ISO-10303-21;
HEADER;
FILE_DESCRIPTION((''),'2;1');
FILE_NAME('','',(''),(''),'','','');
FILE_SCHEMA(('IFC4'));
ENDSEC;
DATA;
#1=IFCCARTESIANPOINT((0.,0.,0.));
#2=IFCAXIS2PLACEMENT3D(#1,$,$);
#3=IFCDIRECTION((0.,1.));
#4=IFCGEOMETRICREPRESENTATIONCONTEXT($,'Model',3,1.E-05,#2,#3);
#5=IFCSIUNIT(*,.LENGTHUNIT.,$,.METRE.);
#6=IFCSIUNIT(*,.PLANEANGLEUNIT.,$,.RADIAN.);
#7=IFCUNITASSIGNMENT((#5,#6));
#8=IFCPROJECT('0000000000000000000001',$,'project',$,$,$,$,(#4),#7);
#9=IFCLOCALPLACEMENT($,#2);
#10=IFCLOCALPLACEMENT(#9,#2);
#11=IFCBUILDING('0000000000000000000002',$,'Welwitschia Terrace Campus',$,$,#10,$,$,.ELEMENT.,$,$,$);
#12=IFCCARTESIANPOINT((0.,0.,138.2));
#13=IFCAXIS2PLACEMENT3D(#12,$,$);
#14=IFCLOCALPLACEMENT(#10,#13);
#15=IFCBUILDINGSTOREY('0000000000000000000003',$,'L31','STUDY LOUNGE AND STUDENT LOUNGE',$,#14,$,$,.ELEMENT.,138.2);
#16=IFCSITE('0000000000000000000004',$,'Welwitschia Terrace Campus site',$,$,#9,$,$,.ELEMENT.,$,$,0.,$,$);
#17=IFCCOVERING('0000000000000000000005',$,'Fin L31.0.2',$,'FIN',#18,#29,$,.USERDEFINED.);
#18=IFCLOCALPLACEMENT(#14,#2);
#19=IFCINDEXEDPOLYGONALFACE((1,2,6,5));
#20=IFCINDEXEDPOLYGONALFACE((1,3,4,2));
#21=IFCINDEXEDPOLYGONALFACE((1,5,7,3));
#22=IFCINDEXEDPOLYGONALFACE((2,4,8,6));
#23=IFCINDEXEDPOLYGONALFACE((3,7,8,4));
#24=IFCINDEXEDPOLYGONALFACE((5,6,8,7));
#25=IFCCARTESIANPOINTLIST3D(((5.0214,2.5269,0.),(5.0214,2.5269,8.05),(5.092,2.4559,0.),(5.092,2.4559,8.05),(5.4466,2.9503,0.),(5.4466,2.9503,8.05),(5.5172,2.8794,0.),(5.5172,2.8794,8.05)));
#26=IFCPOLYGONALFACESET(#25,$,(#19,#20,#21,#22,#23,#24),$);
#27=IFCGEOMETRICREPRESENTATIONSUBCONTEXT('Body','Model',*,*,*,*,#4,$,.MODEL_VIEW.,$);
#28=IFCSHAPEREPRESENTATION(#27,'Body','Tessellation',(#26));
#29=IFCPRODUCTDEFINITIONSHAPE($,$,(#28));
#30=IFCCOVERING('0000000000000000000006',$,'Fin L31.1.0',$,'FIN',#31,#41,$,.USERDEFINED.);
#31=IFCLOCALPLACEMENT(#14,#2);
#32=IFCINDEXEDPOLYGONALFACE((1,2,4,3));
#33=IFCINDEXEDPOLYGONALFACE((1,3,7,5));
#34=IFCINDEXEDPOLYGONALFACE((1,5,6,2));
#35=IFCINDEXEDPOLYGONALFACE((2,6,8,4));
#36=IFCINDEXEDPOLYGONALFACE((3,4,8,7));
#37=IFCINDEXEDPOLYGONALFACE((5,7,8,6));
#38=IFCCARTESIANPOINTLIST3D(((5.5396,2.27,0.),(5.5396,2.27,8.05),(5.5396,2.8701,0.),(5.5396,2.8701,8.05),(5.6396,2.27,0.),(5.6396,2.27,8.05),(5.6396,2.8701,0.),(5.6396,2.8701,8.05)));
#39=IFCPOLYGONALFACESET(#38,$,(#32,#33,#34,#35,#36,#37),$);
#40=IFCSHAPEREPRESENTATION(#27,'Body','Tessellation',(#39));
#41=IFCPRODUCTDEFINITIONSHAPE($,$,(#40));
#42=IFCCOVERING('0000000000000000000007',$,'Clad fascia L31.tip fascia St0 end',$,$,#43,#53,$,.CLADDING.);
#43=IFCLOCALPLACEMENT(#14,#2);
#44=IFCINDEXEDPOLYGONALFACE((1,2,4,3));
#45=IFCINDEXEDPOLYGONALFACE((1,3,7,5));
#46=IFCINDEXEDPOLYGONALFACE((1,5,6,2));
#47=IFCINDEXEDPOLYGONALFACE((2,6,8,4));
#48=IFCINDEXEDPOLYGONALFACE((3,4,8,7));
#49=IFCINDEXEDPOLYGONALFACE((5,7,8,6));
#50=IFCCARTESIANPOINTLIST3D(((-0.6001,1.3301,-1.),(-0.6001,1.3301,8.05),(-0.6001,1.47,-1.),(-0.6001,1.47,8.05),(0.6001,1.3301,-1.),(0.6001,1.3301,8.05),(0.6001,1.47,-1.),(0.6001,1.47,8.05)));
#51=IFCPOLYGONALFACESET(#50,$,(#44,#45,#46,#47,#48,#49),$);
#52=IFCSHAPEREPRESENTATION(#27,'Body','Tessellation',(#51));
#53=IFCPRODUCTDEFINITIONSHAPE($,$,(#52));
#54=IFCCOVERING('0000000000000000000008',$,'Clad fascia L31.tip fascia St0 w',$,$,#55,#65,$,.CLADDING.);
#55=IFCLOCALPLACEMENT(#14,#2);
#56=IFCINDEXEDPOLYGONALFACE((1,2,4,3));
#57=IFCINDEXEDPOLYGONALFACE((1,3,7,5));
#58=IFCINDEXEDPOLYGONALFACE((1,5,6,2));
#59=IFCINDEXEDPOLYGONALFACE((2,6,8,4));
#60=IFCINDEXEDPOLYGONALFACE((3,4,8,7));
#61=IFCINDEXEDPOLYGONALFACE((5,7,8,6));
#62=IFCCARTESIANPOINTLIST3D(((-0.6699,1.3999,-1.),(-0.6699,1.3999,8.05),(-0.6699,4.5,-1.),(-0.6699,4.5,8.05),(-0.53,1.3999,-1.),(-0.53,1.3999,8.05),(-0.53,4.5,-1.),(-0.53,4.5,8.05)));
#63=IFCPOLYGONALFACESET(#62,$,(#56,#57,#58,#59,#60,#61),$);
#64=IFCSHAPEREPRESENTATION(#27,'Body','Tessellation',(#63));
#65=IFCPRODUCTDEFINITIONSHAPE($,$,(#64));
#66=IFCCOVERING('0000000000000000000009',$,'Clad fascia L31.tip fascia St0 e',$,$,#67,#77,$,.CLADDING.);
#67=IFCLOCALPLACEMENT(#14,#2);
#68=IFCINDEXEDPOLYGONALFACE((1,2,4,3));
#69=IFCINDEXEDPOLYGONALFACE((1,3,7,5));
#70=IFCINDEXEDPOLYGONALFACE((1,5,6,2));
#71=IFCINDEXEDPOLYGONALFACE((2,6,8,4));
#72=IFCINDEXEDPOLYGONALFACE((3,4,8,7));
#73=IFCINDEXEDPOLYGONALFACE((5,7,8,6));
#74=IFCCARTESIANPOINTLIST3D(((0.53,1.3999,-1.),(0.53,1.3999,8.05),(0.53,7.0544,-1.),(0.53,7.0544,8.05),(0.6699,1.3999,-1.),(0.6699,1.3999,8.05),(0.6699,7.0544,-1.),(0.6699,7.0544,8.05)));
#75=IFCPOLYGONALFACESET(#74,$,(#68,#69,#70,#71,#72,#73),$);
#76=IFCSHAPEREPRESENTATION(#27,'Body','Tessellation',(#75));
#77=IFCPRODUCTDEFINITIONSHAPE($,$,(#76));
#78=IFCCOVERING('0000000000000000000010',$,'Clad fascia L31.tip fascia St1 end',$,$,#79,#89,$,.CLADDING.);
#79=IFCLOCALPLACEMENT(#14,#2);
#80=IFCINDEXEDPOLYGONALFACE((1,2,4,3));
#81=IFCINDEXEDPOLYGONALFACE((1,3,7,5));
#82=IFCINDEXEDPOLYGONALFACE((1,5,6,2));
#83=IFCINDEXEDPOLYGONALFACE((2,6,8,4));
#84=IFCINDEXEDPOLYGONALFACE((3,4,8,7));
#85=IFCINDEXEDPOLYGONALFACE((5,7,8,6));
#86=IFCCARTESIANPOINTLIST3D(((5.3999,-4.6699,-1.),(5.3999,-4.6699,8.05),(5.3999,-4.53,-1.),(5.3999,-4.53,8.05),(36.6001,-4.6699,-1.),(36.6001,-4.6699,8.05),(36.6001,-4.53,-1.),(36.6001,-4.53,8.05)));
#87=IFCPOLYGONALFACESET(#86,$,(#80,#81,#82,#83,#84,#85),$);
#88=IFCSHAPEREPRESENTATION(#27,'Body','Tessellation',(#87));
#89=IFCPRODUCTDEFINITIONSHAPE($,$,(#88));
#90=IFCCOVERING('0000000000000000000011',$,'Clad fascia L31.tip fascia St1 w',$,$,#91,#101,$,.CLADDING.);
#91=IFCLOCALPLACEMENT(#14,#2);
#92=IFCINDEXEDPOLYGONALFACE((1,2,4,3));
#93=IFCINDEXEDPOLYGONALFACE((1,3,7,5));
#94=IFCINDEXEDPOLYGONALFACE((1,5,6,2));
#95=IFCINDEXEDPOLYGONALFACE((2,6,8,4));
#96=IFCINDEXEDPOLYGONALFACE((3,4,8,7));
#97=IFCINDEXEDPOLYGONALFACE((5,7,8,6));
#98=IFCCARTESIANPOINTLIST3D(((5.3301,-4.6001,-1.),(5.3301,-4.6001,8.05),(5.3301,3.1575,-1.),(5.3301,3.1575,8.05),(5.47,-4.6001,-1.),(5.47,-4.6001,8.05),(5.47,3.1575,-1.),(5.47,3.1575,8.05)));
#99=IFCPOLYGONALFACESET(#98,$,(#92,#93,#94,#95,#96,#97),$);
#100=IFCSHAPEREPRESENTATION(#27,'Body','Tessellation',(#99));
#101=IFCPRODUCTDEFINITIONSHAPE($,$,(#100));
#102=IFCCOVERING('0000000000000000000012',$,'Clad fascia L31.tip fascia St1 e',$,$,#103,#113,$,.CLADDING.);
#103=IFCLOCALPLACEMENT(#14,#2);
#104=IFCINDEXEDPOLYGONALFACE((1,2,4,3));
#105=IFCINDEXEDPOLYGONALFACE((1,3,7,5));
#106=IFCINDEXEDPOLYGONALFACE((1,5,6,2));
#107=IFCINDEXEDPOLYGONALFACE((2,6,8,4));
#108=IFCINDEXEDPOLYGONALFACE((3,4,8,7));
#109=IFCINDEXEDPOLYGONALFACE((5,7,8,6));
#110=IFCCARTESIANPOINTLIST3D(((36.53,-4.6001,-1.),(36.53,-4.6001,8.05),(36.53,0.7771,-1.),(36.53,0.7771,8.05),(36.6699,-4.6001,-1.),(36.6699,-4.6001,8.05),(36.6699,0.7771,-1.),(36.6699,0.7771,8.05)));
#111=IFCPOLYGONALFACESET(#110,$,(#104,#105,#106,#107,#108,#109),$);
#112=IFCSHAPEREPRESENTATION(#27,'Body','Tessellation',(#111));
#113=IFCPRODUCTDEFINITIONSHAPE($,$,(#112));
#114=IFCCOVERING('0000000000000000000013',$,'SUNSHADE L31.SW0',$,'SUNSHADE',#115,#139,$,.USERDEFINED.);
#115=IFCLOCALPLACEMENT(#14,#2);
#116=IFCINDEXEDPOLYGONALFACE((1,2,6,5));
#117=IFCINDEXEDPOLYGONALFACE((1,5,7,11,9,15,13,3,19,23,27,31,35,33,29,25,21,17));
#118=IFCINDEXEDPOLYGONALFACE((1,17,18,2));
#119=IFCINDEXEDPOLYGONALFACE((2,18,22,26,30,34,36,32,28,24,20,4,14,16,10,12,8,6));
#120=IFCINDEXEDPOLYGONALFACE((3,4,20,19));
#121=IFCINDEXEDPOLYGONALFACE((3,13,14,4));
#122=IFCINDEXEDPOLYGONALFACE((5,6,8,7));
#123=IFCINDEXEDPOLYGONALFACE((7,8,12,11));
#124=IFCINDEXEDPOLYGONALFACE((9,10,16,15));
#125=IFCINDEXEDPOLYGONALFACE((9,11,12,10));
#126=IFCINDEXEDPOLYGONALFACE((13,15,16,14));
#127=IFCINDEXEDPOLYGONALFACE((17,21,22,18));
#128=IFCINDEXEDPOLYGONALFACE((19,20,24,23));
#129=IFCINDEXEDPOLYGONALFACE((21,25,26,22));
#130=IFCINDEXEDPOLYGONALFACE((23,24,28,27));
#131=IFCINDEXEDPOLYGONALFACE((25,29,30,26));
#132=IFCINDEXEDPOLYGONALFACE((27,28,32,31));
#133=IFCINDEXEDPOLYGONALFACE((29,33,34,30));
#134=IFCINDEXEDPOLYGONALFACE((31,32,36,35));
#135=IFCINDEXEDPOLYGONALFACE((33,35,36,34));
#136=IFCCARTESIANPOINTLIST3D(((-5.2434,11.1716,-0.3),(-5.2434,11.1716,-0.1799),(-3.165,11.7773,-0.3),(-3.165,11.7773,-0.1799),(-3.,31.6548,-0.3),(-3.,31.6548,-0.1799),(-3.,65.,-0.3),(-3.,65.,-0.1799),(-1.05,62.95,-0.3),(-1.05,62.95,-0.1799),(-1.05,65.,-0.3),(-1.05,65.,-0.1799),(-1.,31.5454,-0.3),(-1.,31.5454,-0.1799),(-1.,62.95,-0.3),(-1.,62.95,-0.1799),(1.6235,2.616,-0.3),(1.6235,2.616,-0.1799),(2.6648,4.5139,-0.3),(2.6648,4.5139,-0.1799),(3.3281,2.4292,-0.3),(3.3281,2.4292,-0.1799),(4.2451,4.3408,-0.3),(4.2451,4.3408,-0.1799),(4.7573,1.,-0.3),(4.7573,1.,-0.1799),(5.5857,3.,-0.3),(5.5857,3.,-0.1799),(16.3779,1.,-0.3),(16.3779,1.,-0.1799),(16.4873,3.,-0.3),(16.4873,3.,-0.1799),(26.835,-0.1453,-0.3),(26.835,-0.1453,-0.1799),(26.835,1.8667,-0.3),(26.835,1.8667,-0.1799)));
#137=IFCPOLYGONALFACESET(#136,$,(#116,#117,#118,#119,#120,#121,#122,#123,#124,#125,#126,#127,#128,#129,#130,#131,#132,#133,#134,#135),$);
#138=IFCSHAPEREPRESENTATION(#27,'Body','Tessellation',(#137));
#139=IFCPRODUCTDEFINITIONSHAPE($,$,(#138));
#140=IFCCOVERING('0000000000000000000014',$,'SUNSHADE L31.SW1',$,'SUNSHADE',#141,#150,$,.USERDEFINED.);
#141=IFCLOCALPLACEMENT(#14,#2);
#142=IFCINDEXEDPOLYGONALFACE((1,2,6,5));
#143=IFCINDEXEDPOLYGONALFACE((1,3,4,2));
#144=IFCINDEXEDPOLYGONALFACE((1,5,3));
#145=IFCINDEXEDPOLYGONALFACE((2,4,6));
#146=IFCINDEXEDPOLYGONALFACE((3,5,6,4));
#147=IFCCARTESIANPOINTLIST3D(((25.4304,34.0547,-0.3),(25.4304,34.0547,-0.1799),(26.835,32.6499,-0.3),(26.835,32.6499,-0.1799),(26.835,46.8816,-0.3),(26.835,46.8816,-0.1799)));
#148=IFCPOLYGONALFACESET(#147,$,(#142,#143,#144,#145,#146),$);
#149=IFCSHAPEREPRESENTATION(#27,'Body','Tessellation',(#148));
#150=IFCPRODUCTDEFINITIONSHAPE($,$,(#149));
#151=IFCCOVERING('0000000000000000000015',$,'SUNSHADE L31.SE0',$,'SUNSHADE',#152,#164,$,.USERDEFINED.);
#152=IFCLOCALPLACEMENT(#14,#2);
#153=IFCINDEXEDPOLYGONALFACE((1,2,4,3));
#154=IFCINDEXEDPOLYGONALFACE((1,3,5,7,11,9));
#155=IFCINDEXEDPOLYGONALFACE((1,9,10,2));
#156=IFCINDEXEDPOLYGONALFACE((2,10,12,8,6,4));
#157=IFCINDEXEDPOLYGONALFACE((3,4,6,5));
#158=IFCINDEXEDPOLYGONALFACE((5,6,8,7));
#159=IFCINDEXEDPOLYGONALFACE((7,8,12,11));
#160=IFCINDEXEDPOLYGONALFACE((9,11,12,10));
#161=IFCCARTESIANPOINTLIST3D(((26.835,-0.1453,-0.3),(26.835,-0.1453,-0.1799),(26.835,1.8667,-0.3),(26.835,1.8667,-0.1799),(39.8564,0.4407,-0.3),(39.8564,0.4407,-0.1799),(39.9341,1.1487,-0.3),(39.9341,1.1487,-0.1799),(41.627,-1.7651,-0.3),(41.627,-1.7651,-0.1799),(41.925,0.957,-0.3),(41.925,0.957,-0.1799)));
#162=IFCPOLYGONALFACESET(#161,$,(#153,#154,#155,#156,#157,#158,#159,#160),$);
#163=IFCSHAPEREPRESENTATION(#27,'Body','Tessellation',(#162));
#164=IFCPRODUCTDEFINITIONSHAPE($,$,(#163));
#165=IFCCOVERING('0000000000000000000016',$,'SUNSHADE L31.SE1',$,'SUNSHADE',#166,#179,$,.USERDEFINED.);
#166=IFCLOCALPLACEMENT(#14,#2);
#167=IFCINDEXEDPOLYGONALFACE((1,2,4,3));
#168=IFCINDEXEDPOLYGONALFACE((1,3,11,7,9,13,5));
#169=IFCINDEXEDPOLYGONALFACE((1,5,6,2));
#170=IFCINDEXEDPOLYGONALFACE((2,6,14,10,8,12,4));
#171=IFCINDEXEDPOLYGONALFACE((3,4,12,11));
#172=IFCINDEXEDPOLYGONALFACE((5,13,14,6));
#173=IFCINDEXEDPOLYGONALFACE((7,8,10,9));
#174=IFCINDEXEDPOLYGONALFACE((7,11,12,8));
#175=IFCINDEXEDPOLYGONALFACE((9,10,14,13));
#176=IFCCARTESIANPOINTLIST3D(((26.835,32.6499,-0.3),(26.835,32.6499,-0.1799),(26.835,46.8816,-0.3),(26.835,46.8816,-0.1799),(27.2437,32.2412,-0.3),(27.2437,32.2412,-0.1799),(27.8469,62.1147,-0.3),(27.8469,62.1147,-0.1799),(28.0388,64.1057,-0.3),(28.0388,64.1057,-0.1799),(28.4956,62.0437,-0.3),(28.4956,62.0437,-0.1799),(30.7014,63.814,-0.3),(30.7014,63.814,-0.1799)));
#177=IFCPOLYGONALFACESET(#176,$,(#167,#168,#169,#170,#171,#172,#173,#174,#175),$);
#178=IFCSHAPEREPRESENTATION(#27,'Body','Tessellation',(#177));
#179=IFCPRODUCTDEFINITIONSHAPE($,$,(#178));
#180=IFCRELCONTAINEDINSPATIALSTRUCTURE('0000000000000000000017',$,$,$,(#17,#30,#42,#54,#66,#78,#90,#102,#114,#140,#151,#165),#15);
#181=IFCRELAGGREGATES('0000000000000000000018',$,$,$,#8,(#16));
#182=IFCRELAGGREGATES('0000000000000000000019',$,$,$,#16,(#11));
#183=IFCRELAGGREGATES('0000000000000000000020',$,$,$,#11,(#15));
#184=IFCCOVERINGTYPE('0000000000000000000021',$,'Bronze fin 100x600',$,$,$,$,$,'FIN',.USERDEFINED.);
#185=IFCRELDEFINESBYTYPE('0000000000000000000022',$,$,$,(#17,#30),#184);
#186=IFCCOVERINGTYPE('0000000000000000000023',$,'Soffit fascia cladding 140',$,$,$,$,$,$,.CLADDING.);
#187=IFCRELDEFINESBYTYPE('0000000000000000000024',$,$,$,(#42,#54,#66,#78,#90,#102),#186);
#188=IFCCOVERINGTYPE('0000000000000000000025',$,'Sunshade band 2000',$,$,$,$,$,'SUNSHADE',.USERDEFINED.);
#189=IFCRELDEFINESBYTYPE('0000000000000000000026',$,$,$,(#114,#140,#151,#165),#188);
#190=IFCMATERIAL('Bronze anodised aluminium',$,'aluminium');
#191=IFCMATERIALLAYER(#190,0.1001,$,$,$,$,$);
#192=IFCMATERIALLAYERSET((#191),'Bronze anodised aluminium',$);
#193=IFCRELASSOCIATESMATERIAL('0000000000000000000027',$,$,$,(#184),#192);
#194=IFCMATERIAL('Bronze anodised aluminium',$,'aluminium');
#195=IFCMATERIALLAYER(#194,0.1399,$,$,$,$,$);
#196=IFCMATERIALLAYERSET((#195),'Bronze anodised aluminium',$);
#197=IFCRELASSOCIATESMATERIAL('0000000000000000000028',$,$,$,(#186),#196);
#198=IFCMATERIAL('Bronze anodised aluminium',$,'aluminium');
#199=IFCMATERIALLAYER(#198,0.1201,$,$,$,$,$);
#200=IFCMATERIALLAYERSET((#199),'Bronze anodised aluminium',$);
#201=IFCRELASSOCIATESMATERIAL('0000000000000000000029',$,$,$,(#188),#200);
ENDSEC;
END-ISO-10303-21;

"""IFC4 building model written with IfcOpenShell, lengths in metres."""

from ifc_helpers import new_model, si_unit, direction, frame, origin, origin_2d, place, context, subcontext, project, spatial, polyline, rectangle, outline, extrude, material, layer, layer_set, type_object, element, save


model = new_model("IFC4")

# Units and contexts
model_context = context("Model", 3, precision=1e-05, world=origin(), true_north=direction((0.0, 1.0)))
body_context = subcontext(model_context, "Body", "Model", "MODEL_VIEW")
ifc_project = project(units=[si_unit("LENGTHUNIT", "METRE"), si_unit("PLANEANGLEUNIT", "RADIAN")], contexts=[model_context])

# Site, building, storey
site_placement = place(None, origin())
site = spatial("IfcSite", under=ifc_project, at=site_placement, Name="Welwitschia Terrace Campus site", CompositionType="ELEMENT", RefElevation=0.0)
building_placement = place(site_placement, origin())
building = spatial("IfcBuilding", under=site, at=building_placement, Name="Welwitschia Terrace Campus", CompositionType="ELEMENT")
storey_placement = place(building_placement, frame((0.0, 0.0, 138.2)))
storey = spatial("IfcBuildingStorey", under=building, at=storey_placement, Name="L31", Description="STUDY LOUNGE AND STUDENT LOUNGE", CompositionType="ELEMENT", Elevation=138.2)

# Coverings
ifc_material_1 = material(Name="Bronze anodised aluminium", Category="aluminium")
ifc_layer_1 = layer(ifc_material_1, 0.1001)
ifc_layer_set_1 = layer_set([ifc_layer_1], Name="Bronze anodised aluminium")
covering_type_1 = type_object("IfcCoveringType", Name="Bronze fin 100x600", ElementType="FIN", PredefinedType="USERDEFINED", material=ifc_layer_set_1)
for number, where, z_axis, x_axis, name in (
    (1, (5.2693, 2.7031, 0.0), (0.0, 0.0, 1.0), (0.705668, -0.708542, 0.0), "Fin L31.0.2"),
    (2, (5.5896, 2.5701, 0.0), (0.0, 0.0, 1.0), (1.0, 0.0, 0.0), "Fin L31.1.0"),
):
    element("IfcCovering", number, at=place(storey_placement, frame(where, z_axis=z_axis, x_axis=x_axis)), inside=storey, type_object=covering_type_1, Name=name, ObjectType="FIN", PredefinedType="USERDEFINED", context=body_context, shape_type="SweptSolid", body=[
        extrude(rectangle(XDim=0.1001, YDim=0.6001, at=origin_2d()), origin(), (0.0, 0.0, 1.0), 8.05),
    ])
ifc_material_2 = material(Name="Bronze anodised aluminium", Category="aluminium")
ifc_layer_2 = layer(ifc_material_2, 0.1399)
ifc_layer_set_2 = layer_set([ifc_layer_2], Name="Bronze anodised aluminium")
covering_type_2 = type_object("IfcCoveringType", Name="Soffit fascia cladding 140", PredefinedType="CLADDING", material=ifc_layer_set_2)
covering_1_placement = place(storey_placement, frame((0.0, 0.0, -1.0)))
element("IfcCovering", 3, at=covering_1_placement, inside=storey, type_object=covering_type_2, Name="Clad fascia L31.tip fascia St0 end", PredefinedType="CLADDING", context=body_context, shape_type="SweptSolid", body=[
    extrude(outline(polyline([(0.6001, 1.47), (-0.6001, 1.47), (-0.6001, 1.3301), (0.6001, 1.3301), (0.6001, 1.47)])), origin(), (0.0, 0.0, 1.0), 9.05),
])
covering_2_placement = place(storey_placement, frame((0.0, 0.0, -1.0)))
element("IfcCovering", 4, at=covering_2_placement, inside=storey, type_object=covering_type_2, Name="Clad fascia L31.tip fascia St0 w", PredefinedType="CLADDING", context=body_context, shape_type="SweptSolid", body=[
    extrude(outline(polyline([(-0.53, 1.3999), (-0.53, 4.5), (-0.6699, 4.5), (-0.6699, 1.3999), (-0.53, 1.3999)])), origin(), (0.0, 0.0, 1.0), 9.05),
])
covering_3_placement = place(storey_placement, frame((0.0, 0.0, -1.0)))
element("IfcCovering", 5, at=covering_3_placement, inside=storey, type_object=covering_type_2, Name="Clad fascia L31.tip fascia St0 e", PredefinedType="CLADDING", context=body_context, shape_type="SweptSolid", body=[
    extrude(outline(polyline([(0.6699, 1.3999), (0.6699, 7.0544), (0.53, 7.0544), (0.53, 1.3999), (0.6699, 1.3999)])), origin(), (0.0, 0.0, 1.0), 9.05),
])
covering_4_placement = place(storey_placement, frame((0.0, 0.0, -1.0)))
element("IfcCovering", 6, at=covering_4_placement, inside=storey, type_object=covering_type_2, Name="Clad fascia L31.tip fascia St1 end", PredefinedType="CLADDING", context=body_context, shape_type="SweptSolid", body=[
    extrude(outline(polyline([(36.6001, -4.53), (5.3999, -4.53), (5.3999, -4.6699), (36.6001, -4.6699), (36.6001, -4.53)])), origin(), (0.0, 0.0, 1.0), 9.05),
])
covering_5_placement = place(storey_placement, frame((0.0, 0.0, -1.0)))
element("IfcCovering", 7, at=covering_5_placement, inside=storey, type_object=covering_type_2, Name="Clad fascia L31.tip fascia St1 w", PredefinedType="CLADDING", context=body_context, shape_type="SweptSolid", body=[
    extrude(outline(polyline([(5.47, -4.6001), (5.47, 3.1575), (5.3301, 3.1575), (5.3301, -4.6001), (5.47, -4.6001)])), origin(), (0.0, 0.0, 1.0), 9.05),
])
covering_6_placement = place(storey_placement, frame((0.0, 0.0, -1.0)))
element("IfcCovering", 8, at=covering_6_placement, inside=storey, type_object=covering_type_2, Name="Clad fascia L31.tip fascia St1 e", PredefinedType="CLADDING", context=body_context, shape_type="SweptSolid", body=[
    extrude(outline(polyline([(36.6699, -4.6001), (36.6699, 0.7771), (36.53, 0.7771), (36.53, -4.6001), (36.6699, -4.6001)])), origin(), (0.0, 0.0, 1.0), 9.05),
])
ifc_material_3 = material(Name="Bronze anodised aluminium", Category="aluminium")
ifc_layer_3 = layer(ifc_material_3, 0.1201)
ifc_layer_set_3 = layer_set([ifc_layer_3], Name="Bronze anodised aluminium")
covering_type_3 = type_object("IfcCoveringType", Name="Sunshade band 2000", ElementType="SUNSHADE", PredefinedType="USERDEFINED", material=ifc_layer_set_3)
covering_7_placement = place(storey_placement, frame((0.0, 0.0, -0.3)))
element("IfcCovering", 9, at=covering_7_placement, inside=storey, type_object=covering_type_3, Name="SUNSHADE L31.SW0", ObjectType="SUNSHADE", PredefinedType="USERDEFINED", context=body_context, shape_type="SweptSolid", body=[
    extrude(outline(polyline([(-1.05, 65.0), (-1.05, 62.95), (-1.0, 62.95), (-1.0, 31.5454), (-3.165, 11.7773), (2.6648, 4.5139), (4.2451, 4.3408), (5.5857, 3.0), (16.4873, 3.0), (26.835, 1.8667), (26.835, -0.1453), (16.3779, 1.0), (4.7573, 1.0), (3.3281, 2.4292), (1.6235, 2.616), (-5.2434, 11.1716), (-3.0, 31.6548), (-3.0, 65.0), (-1.05, 65.0)])), origin(), (0.0, 0.0, 1.0), 0.1201),
])
covering_8_placement = place(storey_placement, frame((0.0, 0.0, -0.3)))
element("IfcCovering", 10, at=covering_8_placement, inside=storey, type_object=covering_type_3, Name="SUNSHADE L31.SW1", ObjectType="SUNSHADE", PredefinedType="USERDEFINED", context=body_context, shape_type="SweptSolid", body=[
    extrude(outline(polyline([(25.4304, 34.0547), (26.835, 46.8816), (26.835, 32.6499), (25.4304, 34.0547)])), origin(), (0.0, 0.0, 1.0), 0.1201),
])
covering_9_placement = place(storey_placement, frame((0.0, 0.0, -0.3)))
element("IfcCovering", 11, at=covering_9_placement, inside=storey, type_object=covering_type_3, Name="SUNSHADE L31.SE0", ObjectType="SUNSHADE", PredefinedType="USERDEFINED", context=body_context, shape_type="SweptSolid", body=[
    extrude(outline(polyline([(39.8564, 0.4407), (39.9341, 1.1487), (41.925, 0.957), (41.627, -1.7651), (26.835, -0.1453), (26.835, 1.8667), (39.8564, 0.4407)])), origin(), (0.0, 0.0, 1.0), 0.1201),
])
covering_10_placement = place(storey_placement, frame((0.0, 0.0, -0.3)))
element("IfcCovering", 12, at=covering_10_placement, inside=storey, type_object=covering_type_3, Name="SUNSHADE L31.SE1", ObjectType="SUNSHADE", PredefinedType="USERDEFINED", context=body_context, shape_type="SweptSolid", body=[
    extrude(outline(polyline([(27.2437, 32.2412), (26.835, 32.6499), (26.835, 46.8816), (28.4956, 62.0437), (27.8469, 62.1147), (28.0388, 64.1057), (30.7014, 63.814), (27.2437, 32.2412)])), origin(), (0.0, 0.0, 1.0), 0.1201),
])

save(model, "model.ifc")
